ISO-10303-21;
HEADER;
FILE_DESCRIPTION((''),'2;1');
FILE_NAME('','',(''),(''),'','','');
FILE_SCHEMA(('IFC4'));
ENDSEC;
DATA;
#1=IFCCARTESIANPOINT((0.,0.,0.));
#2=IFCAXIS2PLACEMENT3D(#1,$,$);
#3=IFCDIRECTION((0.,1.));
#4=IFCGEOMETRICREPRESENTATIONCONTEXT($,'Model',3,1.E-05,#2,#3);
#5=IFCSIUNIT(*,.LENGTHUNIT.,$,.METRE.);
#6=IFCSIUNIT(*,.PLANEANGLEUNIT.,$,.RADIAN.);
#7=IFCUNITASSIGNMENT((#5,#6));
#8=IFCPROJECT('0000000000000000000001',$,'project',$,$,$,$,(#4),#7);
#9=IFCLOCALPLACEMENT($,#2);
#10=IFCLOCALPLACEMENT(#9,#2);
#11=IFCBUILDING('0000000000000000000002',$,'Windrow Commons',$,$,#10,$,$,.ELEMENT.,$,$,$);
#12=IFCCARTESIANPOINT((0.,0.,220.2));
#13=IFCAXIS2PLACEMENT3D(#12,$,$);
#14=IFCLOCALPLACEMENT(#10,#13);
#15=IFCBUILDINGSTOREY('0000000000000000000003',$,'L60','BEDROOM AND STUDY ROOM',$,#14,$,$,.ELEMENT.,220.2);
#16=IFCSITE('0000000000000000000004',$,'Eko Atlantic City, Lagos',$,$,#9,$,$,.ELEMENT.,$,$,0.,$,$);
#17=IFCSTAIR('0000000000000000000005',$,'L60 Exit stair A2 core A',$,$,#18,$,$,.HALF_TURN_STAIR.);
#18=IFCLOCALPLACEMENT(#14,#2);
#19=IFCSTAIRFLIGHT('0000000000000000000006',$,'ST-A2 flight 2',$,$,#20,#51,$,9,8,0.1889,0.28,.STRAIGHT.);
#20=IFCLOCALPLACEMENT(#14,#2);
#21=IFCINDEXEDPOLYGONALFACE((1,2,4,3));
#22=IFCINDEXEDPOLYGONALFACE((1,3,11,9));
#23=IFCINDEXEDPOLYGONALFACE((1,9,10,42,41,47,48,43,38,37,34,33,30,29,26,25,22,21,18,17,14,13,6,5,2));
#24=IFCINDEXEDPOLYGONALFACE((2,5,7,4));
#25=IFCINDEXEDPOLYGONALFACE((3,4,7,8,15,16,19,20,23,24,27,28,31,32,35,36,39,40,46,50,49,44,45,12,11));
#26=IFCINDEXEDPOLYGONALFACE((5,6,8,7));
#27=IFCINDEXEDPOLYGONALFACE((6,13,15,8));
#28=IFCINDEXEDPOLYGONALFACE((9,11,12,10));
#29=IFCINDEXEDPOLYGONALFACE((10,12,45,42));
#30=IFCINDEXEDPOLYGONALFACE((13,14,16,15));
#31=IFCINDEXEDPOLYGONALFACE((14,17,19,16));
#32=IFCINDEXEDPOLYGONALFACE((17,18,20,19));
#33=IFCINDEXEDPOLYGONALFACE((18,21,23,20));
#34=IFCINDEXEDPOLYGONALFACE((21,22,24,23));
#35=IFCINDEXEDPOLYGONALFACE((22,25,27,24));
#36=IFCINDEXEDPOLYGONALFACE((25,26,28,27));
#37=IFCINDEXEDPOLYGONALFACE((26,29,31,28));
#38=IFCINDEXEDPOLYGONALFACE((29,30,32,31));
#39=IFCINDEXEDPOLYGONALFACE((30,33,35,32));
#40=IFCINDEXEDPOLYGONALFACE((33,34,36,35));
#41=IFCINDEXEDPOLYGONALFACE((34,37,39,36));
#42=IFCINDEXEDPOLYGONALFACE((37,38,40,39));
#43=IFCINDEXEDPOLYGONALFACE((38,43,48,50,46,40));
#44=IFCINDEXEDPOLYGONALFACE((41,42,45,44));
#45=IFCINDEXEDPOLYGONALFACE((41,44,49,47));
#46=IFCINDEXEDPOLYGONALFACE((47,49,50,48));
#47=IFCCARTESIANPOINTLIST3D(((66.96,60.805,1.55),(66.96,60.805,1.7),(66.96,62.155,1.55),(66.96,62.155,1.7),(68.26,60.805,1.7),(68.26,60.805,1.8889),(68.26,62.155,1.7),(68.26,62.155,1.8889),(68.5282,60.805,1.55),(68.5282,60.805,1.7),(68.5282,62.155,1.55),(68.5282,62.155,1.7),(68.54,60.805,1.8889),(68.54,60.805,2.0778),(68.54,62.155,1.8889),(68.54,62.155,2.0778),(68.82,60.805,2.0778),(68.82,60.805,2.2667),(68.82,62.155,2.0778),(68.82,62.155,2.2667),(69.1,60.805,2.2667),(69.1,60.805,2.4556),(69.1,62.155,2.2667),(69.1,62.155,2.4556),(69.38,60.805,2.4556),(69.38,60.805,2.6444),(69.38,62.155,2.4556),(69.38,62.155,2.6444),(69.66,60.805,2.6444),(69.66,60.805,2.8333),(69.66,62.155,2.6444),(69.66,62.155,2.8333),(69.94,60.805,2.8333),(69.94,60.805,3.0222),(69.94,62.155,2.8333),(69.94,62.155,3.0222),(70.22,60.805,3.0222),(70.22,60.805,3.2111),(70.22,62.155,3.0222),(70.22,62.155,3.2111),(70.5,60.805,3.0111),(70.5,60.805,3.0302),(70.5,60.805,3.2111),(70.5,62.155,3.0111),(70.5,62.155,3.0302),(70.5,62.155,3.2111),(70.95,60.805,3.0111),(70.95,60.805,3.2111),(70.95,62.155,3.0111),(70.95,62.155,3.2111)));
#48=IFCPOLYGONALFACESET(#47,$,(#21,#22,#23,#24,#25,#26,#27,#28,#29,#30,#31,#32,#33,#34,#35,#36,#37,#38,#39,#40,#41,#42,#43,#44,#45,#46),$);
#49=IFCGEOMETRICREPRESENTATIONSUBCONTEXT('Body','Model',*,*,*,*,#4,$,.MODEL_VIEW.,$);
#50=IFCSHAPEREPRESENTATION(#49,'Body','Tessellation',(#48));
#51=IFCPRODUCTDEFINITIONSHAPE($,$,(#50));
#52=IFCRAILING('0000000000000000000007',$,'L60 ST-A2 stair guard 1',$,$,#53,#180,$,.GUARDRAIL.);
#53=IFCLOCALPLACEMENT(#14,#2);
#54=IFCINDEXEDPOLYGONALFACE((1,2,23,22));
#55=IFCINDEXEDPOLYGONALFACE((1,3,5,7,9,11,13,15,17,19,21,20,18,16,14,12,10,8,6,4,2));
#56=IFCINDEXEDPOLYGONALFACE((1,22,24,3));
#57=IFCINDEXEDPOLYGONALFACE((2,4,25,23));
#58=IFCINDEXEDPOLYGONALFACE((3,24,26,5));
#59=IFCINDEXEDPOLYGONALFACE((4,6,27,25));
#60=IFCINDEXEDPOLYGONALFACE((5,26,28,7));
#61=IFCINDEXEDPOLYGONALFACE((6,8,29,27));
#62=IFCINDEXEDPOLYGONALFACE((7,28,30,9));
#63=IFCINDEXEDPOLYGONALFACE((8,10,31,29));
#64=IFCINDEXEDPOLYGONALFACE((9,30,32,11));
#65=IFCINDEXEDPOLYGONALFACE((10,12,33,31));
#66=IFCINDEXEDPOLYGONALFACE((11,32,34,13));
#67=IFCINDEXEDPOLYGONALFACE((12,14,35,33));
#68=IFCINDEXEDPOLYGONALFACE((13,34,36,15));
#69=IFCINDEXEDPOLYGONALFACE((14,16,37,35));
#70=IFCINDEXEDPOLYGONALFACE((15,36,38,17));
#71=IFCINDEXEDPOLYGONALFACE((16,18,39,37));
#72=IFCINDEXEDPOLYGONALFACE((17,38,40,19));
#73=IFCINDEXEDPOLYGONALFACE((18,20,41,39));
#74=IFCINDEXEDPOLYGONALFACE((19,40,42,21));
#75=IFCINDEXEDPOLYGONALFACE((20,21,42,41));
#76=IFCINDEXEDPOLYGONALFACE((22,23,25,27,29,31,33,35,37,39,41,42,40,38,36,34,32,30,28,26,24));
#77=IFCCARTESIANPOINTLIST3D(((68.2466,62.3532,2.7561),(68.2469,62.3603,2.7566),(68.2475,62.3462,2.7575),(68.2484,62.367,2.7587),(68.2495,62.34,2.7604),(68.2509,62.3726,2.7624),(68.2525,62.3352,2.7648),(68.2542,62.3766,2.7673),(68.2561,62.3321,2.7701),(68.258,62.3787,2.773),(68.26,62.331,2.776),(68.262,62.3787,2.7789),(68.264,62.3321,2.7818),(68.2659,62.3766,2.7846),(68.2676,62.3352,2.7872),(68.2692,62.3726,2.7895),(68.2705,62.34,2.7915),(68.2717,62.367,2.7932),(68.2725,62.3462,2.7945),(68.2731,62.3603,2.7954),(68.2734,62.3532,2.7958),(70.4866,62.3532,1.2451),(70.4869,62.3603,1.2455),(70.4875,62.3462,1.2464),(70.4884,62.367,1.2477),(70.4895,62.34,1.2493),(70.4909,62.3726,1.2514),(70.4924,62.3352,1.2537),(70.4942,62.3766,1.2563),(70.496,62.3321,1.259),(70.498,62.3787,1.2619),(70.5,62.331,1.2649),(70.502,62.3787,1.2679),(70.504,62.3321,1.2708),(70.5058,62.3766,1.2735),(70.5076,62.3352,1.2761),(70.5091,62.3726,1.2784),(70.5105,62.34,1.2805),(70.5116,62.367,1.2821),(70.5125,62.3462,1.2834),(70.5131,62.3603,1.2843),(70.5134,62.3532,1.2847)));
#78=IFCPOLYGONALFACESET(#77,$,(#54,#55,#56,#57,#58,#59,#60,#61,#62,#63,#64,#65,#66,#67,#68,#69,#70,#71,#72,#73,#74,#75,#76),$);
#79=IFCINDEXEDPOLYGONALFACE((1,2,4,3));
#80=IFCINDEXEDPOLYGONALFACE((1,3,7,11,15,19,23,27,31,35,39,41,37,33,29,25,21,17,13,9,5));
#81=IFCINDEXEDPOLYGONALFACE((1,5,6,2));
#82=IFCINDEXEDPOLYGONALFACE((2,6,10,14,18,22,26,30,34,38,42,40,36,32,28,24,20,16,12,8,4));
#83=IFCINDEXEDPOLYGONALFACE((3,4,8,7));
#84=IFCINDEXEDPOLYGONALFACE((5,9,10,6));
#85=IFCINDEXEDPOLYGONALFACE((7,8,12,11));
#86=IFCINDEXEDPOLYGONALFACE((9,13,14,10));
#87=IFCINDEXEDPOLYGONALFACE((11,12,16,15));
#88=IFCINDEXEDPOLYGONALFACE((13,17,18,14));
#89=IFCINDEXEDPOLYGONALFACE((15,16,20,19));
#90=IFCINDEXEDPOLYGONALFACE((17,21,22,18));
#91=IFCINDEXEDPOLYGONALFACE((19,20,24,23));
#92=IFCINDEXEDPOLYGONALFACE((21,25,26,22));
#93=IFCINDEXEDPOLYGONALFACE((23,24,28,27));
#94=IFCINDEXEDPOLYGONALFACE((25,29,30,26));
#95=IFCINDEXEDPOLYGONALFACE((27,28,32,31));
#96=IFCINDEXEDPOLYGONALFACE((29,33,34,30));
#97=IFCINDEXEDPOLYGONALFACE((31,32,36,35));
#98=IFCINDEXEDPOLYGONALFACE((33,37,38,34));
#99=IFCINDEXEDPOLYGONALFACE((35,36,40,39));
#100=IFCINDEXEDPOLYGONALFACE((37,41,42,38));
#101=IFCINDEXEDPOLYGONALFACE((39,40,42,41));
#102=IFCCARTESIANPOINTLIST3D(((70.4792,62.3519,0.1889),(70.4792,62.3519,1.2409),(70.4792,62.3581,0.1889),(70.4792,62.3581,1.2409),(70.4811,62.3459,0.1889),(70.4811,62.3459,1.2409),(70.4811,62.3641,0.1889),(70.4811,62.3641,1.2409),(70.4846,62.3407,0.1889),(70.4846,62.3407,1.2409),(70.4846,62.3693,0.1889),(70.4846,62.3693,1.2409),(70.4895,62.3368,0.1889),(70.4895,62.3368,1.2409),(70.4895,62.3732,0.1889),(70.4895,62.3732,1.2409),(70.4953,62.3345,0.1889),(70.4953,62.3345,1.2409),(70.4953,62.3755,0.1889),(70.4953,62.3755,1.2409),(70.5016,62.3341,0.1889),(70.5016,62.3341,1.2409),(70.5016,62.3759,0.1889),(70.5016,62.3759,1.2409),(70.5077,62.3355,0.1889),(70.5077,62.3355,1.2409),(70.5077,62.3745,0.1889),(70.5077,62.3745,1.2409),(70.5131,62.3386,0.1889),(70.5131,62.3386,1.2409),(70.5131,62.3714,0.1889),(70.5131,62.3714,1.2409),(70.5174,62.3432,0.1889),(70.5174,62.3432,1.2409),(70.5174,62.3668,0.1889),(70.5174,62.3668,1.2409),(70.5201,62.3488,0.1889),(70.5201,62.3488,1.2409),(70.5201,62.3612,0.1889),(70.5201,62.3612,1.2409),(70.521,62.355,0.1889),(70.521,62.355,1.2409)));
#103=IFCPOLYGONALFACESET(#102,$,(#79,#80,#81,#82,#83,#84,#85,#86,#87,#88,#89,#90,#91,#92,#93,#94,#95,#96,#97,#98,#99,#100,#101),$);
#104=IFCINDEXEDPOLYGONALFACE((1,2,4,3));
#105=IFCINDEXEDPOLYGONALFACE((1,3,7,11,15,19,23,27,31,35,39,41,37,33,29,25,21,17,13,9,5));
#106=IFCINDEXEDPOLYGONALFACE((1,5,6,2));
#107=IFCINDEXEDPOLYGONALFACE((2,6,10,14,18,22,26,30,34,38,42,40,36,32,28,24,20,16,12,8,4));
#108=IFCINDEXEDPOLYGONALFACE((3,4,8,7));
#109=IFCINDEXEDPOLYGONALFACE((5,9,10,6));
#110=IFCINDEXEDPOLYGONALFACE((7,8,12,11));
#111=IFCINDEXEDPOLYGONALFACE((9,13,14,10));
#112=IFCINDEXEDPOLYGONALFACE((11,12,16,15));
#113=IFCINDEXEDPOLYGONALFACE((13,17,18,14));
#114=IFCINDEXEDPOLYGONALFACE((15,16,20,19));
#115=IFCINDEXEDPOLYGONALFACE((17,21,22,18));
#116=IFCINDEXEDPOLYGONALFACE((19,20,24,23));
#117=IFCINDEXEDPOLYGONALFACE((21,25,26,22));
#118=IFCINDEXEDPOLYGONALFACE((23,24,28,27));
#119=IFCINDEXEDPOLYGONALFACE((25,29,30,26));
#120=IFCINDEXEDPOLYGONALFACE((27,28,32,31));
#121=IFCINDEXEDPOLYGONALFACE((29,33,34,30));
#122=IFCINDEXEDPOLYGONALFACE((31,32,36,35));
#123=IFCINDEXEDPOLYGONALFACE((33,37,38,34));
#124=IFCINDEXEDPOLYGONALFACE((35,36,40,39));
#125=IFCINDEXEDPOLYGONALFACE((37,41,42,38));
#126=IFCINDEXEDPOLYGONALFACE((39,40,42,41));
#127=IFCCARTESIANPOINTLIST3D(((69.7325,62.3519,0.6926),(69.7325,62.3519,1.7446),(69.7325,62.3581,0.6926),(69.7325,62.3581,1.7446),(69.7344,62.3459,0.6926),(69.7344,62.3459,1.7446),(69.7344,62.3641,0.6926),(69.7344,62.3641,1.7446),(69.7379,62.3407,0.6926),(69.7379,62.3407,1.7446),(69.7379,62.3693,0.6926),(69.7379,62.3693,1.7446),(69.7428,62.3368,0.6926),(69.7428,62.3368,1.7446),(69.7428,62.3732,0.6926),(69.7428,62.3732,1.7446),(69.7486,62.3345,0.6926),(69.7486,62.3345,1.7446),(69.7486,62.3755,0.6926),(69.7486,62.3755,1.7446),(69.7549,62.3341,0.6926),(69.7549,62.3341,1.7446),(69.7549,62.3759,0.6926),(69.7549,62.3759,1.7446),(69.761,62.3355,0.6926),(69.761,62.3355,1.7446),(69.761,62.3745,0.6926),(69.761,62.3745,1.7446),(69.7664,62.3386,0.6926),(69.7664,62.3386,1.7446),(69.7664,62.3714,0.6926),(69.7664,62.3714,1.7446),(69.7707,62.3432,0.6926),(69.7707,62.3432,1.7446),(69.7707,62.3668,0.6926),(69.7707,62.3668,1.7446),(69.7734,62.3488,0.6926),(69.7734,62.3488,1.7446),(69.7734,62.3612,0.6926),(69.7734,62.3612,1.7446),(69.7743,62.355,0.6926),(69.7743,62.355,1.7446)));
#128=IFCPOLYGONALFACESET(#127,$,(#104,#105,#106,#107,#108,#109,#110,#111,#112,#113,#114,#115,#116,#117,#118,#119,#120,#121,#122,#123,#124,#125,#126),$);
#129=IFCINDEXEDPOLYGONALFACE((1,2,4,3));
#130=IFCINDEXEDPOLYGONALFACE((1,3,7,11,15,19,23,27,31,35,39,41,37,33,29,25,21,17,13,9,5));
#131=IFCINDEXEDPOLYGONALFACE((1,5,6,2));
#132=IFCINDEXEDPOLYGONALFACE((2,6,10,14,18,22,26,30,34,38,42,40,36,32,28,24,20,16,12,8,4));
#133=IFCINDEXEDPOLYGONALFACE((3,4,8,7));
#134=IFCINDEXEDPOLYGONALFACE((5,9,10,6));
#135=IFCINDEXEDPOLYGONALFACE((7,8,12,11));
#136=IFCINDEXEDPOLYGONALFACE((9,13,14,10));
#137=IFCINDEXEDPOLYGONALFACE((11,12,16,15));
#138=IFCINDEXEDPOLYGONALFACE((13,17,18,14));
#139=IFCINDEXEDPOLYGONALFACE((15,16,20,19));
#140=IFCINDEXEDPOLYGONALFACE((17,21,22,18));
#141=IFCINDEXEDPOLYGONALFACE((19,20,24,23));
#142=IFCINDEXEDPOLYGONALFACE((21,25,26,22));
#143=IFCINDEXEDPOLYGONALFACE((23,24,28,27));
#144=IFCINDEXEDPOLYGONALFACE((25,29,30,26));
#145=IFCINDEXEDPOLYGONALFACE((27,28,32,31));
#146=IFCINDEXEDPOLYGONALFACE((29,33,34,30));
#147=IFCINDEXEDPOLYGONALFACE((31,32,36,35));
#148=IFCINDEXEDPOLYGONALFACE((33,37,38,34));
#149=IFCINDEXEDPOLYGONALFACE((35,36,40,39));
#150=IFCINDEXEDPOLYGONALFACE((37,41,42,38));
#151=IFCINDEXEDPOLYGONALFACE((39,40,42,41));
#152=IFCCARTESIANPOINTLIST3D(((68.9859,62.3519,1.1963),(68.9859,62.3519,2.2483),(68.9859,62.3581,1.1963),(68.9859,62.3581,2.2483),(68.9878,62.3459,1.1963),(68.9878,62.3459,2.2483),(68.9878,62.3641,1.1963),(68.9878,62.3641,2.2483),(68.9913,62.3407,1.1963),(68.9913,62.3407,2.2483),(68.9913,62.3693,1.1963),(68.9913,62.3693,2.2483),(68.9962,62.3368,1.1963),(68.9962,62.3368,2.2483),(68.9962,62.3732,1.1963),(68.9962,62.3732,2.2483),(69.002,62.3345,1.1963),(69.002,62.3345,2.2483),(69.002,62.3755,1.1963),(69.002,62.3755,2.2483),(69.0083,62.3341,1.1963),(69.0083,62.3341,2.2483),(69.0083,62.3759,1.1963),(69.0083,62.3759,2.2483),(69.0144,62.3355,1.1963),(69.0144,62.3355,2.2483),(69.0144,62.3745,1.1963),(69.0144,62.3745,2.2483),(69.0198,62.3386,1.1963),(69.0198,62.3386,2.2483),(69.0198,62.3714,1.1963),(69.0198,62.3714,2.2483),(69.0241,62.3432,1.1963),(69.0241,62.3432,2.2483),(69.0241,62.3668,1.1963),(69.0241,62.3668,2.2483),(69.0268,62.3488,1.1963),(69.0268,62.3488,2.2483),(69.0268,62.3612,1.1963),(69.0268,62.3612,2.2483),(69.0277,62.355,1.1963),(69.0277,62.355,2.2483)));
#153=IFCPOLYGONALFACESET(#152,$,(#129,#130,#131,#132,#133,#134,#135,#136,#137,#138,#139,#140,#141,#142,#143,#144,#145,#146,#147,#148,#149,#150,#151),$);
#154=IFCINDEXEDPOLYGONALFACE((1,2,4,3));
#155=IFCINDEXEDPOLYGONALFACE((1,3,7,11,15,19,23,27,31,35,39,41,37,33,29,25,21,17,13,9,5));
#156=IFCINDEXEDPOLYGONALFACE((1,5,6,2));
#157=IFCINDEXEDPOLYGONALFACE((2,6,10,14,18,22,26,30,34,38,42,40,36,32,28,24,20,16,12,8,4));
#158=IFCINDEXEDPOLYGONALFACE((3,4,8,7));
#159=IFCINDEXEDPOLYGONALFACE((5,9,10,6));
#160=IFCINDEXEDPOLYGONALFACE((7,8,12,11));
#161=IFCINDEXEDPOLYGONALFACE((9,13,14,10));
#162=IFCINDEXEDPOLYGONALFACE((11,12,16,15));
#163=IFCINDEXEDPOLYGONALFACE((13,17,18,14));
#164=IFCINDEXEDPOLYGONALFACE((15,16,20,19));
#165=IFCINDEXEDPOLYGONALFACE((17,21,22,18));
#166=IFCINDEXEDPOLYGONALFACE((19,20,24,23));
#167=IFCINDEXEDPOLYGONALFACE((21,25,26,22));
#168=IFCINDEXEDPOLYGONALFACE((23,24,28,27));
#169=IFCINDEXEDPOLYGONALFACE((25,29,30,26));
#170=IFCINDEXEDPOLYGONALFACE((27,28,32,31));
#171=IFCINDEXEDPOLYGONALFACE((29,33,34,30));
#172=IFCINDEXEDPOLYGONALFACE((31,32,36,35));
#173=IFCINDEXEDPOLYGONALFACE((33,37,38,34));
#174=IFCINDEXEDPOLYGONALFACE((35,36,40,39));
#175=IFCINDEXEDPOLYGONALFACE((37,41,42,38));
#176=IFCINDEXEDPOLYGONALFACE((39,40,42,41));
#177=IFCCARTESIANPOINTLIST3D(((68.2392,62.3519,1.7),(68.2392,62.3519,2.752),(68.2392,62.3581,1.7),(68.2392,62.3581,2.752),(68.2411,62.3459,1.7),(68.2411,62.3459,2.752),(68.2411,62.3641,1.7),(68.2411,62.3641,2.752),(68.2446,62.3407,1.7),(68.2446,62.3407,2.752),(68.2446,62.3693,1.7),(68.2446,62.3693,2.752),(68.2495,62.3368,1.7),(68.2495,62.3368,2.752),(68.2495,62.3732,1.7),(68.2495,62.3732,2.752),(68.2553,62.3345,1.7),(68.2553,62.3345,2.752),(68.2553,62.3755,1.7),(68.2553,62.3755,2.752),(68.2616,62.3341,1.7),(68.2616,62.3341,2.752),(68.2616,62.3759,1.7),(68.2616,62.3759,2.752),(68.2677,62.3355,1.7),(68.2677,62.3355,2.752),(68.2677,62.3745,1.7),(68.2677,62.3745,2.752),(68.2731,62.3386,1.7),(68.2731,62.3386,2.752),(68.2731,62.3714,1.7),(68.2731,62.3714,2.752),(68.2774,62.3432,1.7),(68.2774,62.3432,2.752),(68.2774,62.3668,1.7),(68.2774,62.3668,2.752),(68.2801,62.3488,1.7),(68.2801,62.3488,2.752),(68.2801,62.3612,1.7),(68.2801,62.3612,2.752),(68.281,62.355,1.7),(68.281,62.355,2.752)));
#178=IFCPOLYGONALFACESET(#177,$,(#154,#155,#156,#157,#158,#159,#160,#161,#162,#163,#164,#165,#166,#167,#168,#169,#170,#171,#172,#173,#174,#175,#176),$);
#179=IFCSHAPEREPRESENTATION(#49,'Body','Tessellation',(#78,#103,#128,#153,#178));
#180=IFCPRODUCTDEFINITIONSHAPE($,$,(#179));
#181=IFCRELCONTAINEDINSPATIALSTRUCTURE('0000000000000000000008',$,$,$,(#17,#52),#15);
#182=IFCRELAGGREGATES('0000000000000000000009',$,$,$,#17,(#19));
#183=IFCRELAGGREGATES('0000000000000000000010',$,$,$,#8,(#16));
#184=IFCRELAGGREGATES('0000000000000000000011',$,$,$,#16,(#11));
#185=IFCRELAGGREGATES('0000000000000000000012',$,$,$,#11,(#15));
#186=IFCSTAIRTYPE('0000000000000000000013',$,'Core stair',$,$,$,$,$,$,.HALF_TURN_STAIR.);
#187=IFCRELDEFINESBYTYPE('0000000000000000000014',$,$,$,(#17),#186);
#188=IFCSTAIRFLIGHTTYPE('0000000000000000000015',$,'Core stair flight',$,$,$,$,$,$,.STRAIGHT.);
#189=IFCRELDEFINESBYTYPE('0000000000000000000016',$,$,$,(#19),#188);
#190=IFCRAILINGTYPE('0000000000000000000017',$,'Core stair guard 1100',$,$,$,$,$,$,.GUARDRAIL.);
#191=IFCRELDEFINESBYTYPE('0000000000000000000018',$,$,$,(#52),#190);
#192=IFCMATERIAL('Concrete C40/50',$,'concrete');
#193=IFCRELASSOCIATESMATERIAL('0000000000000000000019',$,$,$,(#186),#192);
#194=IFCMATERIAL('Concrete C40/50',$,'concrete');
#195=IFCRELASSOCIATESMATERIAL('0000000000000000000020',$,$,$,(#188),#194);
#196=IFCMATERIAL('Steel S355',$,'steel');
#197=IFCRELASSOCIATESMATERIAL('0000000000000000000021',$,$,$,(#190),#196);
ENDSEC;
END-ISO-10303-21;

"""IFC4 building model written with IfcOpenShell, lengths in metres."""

from ifc_helpers import new_model, si_unit, direction, frame, origin, origin_2d, place, context, subcontext, project, spatial, polyline, circle, outline, extrude, material, type_object, element, aggregate, save


model = new_model("IFC4")

# Units and contexts
model_context = context("Model", 3, precision=1e-05, world=origin(), true_north=direction((0.0, 1.0)))
body_context = subcontext(model_context, "Body", "Model", "MODEL_VIEW")
ifc_project = project(units=[si_unit("LENGTHUNIT", "METRE"), si_unit("PLANEANGLEUNIT", "RADIAN")], contexts=[model_context])

# Site, building, storey
site_placement = place(None, origin())
site = spatial("IfcSite", under=ifc_project, at=site_placement, Name="Eko Atlantic City, Lagos", CompositionType="ELEMENT", RefElevation=0.0)
building_placement = place(site_placement, origin())
building = spatial("IfcBuilding", under=site, at=building_placement, Name="Windrow Commons", CompositionType="ELEMENT")
storey_placement = place(building_placement, frame((0.0, 0.0, 220.2)))
storey = spatial("IfcBuildingStorey", under=building, at=storey_placement, Name="L60", Description="BEDROOM AND STUDY ROOM", CompositionType="ELEMENT", Elevation=220.2)

# Stair, stair flight
ifc_material_1 = material(Name="Concrete C40/50", Category="concrete")
stair_type = type_object("IfcStairType", Name="Core stair", PredefinedType="HALF_TURN_STAIR", material=ifc_material_1)
stair_placement = place(storey_placement, origin())
stair = element("IfcStair", 1, at=stair_placement, inside=storey, type_object=stair_type, Name="L60 Exit stair A2 core A", PredefinedType="HALF_TURN_STAIR")
ifc_material_2 = material(Name="Concrete C40/50", Category="concrete")
stair_flight_type = type_object("IfcStairFlightType", Name="Core stair flight", PredefinedType="STRAIGHT", material=ifc_material_2)
stair_flight_1_placement = place(storey_placement, frame((68.26, 61.48, 1.7), z_axis=(0.0, 0.0, 1.0), x_axis=(1.0, 0.0, 0.0)))
stair_flight_1 = element("IfcStairFlight", 2, at=stair_flight_1_placement, type_object=stair_flight_type, Name="ST-A2 flight 2", NumberOfRisers=9, NumberOfTreads=8, PredefinedType="STRAIGHT", RiserHeight=0.1889, TreadLength=0.28, context=body_context, shape_type="SweptSolid", body=[
    extrude(outline(polyline([(-1.3, -0.15), (-1.3, 0.0), (0.0, 0.0), (0.0, 0.1889), (0.28, 0.1889), (0.28, 0.3778), (0.56, 0.3778), (0.56, 0.5667), (0.84, 0.5667), (0.84, 0.7556), (1.12, 0.7556), (1.12, 0.9444), (1.4, 0.9444), (1.4, 1.1333), (1.68, 1.1333), (1.68, 1.3222), (1.96, 1.3222), (1.96, 1.5111), (2.24, 1.5111), (2.69, 1.5111), (2.69, 1.3111), (2.24, 1.3111), (2.24, 1.3302), (0.2682, 0.0), (0.2682, -0.15), (-1.3, -0.15)])), frame((0.0, 0.675, 0.0), z_axis=(0.0, -1.0, 0.0), x_axis=(1.0, 0.0, 0.0)), (0.0, 0.0, 1.0), 1.35),
])
aggregate(stair, [stair_flight_1])

# Railing
ifc_material_3 = material(Name="Steel S355", Category="steel")
railing_type_1 = type_object("IfcRailingType", Name="Core stair guard 1100", PredefinedType="GUARDRAIL", material=ifc_material_3)
railing_1_placement = place(storey_placement, frame((70.5, 62.355, 0.1889)))
element("IfcRailing", 3, at=railing_1_placement, inside=storey, type_object=railing_type_1, Name="L60 ST-A2 stair guard 1", PredefinedType="GUARDRAIL", context=body_context, shape_type="SweptSolid", body=[
    extrude(circle(Radius=0.024, at=origin_2d()), frame((0.0, 0.0, 1.076), z_axis=(-0.829003, 0.0, 0.559244), x_axis=(0.0, -1.0, 0.0)), (0.0, 0.0, 1.0), 2.702),
    extrude(circle(Radius=0.021, at=origin_2d()), origin(), (0.0, 0.0, 1.0), 1.052),
    extrude(circle(Radius=0.021, at=origin_2d()), frame((-0.7467, 0.0, 0.5037)), (0.0, 0.0, 1.0), 1.052),
    extrude(circle(Radius=0.021, at=origin_2d()), frame((-1.4933, 0.0, 1.0074)), (0.0, 0.0, 1.0), 1.052),
    extrude(circle(Radius=0.021, at=origin_2d()), frame((-2.24, 0.0, 1.5111)), (0.0, 0.0, 1.0), 1.052),
])

save(model, "model.ifc")
